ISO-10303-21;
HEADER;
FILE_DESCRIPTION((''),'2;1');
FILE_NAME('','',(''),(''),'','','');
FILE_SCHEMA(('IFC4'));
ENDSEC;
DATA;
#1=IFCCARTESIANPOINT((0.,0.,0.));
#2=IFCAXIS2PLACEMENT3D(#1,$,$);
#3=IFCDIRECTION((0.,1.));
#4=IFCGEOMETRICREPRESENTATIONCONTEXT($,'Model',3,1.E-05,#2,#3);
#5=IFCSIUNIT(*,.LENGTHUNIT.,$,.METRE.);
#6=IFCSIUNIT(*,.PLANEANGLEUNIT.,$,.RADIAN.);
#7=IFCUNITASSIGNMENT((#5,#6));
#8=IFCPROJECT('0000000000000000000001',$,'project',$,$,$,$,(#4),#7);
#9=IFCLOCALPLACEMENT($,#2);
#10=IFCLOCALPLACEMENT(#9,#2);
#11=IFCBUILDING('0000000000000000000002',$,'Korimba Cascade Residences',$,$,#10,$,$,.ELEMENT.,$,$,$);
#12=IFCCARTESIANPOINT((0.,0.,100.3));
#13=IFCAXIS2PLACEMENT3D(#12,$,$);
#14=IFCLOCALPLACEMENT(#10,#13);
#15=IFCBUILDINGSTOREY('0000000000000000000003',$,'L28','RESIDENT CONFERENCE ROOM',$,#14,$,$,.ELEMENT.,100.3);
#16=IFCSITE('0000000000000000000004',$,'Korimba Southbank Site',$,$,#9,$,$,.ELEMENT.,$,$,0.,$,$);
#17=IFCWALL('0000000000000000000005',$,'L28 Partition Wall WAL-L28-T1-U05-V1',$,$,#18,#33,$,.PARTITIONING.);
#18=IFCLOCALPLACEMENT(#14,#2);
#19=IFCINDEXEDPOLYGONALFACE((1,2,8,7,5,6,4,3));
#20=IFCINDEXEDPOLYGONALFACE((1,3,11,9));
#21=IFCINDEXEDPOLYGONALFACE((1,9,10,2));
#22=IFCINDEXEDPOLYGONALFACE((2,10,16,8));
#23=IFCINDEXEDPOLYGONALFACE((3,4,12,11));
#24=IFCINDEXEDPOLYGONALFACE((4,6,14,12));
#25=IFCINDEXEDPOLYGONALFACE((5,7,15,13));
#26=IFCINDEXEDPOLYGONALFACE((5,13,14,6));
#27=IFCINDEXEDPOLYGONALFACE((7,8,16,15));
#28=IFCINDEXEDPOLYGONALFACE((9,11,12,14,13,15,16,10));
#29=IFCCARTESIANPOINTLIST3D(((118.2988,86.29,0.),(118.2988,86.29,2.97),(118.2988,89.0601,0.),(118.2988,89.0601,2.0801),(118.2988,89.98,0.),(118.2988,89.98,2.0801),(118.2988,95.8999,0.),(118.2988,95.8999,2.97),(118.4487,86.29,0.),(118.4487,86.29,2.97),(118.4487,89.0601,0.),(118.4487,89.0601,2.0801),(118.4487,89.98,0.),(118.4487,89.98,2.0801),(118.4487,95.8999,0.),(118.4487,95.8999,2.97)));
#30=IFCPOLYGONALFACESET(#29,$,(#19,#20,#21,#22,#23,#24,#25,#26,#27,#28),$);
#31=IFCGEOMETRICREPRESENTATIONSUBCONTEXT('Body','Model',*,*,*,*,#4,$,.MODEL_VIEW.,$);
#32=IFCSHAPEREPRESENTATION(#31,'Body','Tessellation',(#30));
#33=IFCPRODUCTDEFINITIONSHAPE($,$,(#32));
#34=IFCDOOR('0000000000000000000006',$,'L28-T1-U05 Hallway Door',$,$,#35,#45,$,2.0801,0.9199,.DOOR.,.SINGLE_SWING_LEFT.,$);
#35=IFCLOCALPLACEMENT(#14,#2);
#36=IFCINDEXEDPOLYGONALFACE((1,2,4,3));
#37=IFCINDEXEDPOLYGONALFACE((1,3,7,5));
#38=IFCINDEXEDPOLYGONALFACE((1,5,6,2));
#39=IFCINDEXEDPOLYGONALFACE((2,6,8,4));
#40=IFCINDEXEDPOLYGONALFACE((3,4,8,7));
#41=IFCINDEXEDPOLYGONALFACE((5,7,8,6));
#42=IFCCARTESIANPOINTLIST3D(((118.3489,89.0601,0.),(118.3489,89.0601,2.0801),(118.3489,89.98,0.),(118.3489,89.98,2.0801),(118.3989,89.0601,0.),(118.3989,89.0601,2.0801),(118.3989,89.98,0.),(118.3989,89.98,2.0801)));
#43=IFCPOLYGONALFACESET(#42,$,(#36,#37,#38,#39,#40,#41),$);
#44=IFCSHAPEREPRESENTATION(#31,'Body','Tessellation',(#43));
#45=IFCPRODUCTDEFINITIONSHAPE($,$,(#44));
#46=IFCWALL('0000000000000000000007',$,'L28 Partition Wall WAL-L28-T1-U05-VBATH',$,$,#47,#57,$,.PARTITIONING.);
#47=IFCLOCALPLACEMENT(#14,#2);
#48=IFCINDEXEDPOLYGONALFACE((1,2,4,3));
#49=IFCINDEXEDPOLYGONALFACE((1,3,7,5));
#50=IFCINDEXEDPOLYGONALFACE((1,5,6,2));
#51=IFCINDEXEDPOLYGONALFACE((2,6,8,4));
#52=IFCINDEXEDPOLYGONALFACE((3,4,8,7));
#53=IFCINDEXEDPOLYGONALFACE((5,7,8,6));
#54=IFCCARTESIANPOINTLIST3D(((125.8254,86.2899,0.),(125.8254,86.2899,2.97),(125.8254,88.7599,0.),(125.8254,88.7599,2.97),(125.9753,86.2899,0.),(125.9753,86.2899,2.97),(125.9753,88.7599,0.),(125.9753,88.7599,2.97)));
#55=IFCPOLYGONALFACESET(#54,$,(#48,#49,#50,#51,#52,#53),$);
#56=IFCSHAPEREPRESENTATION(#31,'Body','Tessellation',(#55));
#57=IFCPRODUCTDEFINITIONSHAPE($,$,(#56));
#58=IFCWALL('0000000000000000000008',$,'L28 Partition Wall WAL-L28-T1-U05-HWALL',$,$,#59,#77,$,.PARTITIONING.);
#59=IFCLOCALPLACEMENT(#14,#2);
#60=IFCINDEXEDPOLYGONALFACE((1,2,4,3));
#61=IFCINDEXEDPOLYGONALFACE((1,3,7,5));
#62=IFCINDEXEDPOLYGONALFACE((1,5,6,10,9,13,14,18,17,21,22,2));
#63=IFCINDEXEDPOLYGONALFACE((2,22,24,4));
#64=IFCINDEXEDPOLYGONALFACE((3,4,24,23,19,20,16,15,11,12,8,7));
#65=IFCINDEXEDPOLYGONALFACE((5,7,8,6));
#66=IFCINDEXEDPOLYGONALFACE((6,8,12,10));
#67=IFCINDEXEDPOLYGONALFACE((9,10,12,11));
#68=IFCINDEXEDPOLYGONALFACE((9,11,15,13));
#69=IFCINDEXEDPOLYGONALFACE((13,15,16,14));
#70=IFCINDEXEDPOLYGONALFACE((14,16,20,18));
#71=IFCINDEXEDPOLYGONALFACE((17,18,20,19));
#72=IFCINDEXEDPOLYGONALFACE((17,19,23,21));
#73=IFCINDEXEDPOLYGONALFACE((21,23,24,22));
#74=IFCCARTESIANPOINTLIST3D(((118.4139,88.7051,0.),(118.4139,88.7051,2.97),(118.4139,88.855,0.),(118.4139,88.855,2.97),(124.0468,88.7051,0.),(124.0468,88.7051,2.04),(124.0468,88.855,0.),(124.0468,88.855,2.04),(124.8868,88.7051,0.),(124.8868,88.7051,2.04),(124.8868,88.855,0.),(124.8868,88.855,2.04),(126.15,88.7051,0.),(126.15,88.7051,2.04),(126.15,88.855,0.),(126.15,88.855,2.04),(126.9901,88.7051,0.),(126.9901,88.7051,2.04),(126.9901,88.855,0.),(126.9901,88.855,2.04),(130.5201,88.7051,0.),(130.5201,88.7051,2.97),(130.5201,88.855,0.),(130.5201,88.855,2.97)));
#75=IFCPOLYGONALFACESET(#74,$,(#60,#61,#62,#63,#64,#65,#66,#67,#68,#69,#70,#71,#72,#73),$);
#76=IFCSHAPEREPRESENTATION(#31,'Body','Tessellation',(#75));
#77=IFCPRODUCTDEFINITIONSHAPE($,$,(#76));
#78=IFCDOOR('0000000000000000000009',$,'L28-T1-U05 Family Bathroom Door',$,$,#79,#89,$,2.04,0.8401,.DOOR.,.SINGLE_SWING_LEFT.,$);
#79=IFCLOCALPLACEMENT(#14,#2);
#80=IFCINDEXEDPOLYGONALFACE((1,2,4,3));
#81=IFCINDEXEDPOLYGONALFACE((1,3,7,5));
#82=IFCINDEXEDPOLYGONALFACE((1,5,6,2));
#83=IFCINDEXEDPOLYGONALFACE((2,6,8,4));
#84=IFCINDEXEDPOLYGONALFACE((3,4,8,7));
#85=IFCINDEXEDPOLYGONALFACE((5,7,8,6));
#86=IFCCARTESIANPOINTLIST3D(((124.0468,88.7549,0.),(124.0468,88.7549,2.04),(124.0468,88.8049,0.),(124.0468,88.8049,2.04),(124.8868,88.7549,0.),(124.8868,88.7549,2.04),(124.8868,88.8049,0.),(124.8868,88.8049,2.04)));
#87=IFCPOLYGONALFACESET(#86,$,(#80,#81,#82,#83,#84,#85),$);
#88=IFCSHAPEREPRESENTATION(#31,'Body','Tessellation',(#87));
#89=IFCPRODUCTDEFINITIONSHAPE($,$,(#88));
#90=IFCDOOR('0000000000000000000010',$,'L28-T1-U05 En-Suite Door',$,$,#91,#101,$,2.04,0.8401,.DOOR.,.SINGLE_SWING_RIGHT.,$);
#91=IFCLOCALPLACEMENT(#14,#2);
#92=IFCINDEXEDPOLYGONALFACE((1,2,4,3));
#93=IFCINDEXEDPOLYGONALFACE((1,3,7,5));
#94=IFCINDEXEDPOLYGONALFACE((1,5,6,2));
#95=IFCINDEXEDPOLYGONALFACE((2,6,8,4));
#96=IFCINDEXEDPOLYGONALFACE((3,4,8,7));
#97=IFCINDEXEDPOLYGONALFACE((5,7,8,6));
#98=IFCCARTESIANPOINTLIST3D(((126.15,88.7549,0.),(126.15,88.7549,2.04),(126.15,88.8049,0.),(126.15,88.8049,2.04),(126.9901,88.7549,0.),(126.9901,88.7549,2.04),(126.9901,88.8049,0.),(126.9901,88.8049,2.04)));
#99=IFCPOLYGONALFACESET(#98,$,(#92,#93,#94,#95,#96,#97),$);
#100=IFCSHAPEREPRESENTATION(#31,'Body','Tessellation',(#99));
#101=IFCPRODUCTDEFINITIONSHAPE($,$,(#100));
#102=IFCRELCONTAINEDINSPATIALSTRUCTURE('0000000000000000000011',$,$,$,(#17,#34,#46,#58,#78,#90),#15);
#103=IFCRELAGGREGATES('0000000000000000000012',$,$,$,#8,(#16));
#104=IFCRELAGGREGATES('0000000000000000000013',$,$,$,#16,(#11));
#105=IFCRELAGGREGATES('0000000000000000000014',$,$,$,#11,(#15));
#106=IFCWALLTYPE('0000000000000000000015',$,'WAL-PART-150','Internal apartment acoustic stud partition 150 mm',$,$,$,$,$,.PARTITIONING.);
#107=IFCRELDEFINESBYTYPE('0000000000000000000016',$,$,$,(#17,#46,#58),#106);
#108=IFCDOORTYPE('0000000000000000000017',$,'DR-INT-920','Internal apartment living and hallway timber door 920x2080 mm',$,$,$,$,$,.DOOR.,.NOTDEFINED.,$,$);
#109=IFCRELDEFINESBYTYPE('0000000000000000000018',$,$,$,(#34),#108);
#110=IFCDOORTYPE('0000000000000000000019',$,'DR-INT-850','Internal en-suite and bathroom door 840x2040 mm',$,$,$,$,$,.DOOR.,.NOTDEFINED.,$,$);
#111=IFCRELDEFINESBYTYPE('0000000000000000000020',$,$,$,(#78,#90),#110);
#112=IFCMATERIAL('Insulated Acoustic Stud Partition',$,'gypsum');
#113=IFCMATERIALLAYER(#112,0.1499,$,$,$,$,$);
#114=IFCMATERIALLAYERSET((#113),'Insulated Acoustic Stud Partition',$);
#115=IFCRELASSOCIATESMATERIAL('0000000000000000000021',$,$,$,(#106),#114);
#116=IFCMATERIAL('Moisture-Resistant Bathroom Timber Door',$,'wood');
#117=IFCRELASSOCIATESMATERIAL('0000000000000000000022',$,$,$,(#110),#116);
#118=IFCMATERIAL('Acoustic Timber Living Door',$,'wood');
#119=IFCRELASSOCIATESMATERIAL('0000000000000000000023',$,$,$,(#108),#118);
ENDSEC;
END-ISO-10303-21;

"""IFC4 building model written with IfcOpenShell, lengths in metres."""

from ifc_helpers import new_model, si_unit, direction, frame, frame_2d, origin, place, context, subcontext, project, spatial, rectangle, extrude, material, layer, layer_set, type_object, element, fill, save


model = new_model("IFC4")

# Units and contexts
model_context = context("Model", 3, precision=1e-05, world=origin(), true_north=direction((0.0, 1.0)))
body_context = subcontext(model_context, "Body", "Model", "MODEL_VIEW")
ifc_project = project(units=[si_unit("LENGTHUNIT", "METRE"), si_unit("PLANEANGLEUNIT", "RADIAN")], contexts=[model_context])

# Site, building, storey
site_placement = place(None, origin())
site = spatial("IfcSite", under=ifc_project, at=site_placement, Name="Korimba Southbank Site", CompositionType="ELEMENT", RefElevation=0.0)
building_placement = place(site_placement, origin())
building = spatial("IfcBuilding", under=site, at=building_placement, Name="Korimba Cascade Residences", CompositionType="ELEMENT")
storey_placement = place(building_placement, frame((0.0, 0.0, 100.3)))
storey = spatial("IfcBuildingStorey", under=building, at=storey_placement, Name="L28", Description="RESIDENT CONFERENCE ROOM", CompositionType="ELEMENT", Elevation=100.3)

# Shared definitions
ifc_material_1 = material(Name="Insulated Acoustic Stud Partition", Category="gypsum")
ifc_layer_1 = layer(ifc_material_1, 0.1499)
ifc_layer_set_1 = layer_set([ifc_layer_1], Name="Insulated Acoustic Stud Partition")
wall_type_1 = type_object("IfcWallType", Name="WAL-PART-150", Description="Internal apartment acoustic stud partition 150 mm", PredefinedType="PARTITIONING", material=ifc_layer_set_1)
ifc_material_2 = material(Name="Moisture-Resistant Bathroom Timber Door", Category="wood")
door_type_1 = type_object("IfcDoorType", Name="DR-INT-850", Description="Internal en-suite and bathroom door 840x2040 mm", OperationType="NOTDEFINED", PredefinedType="DOOR", material=ifc_material_2)

# Wall, opening, door
wall_1_placement = place(storey_placement, frame((118.3738, 86.29, 0.0), z_axis=(0.0, 0.0, 1.0), x_axis=(0.0, 1.0, 0.0)))
wall_1 = element("IfcWall", 1, at=wall_1_placement, inside=storey, type_object=wall_type_1, Name="L28 Partition Wall WAL-L28-T1-U05-V1", PredefinedType="PARTITIONING", context=body_context, shape_type="SweptSolid", body=[
    extrude(rectangle(XDim=9.6099, YDim=0.1499, at=frame_2d((4.8049, 0.0))), origin(), (0.0, 0.0, 1.0), 2.97),
])
opening_1_placement = place(wall_1_placement, frame((2.77, 0.0, 0.0)))
opening_1 = element("IfcOpeningElement", 2, at=opening_1_placement, cuts=wall_1, PredefinedType="OPENING", context=body_context, shape_type="SweptSolid", body=[
    extrude(rectangle(XDim=0.9199, YDim=2.0801, at=frame_2d((0.46, 1.04))), frame((0.0, 0.085, 0.0), z_axis=(0.0, -1.0, 0.0), x_axis=(1.0, 0.0, 0.0)), (0.0, 0.0, 1.0), 0.1699),
])
ifc_material_3 = material(Name="Acoustic Timber Living Door", Category="wood")
door_type_2 = type_object("IfcDoorType", Name="DR-INT-920", Description="Internal apartment living and hallway timber door 920x2080 mm", OperationType="NOTDEFINED", PredefinedType="DOOR", material=ifc_material_3)
door_1_placement = place(opening_1_placement, origin())
door_1 = element("IfcDoor", 3, at=door_1_placement, inside=storey, type_object=door_type_2, Name="L28-T1-U05 Hallway Door", OperationType="SINGLE_SWING_LEFT", OverallHeight=2.0801, OverallWidth=0.9199, PredefinedType="DOOR", context=body_context, shape_type="SweptSolid", body=[
    extrude(rectangle(XDim=0.9199, YDim=2.0801, at=frame_2d((0.46, 1.04))), frame((0.0, 0.0249, 0.0), z_axis=(0.0, -1.0, 0.0), x_axis=(1.0, 0.0, 0.0)), (0.0, 0.0, 1.0), 0.05),
])
fill(opening_1, door_1)

# Wall
wall_2_placement = place(storey_placement, frame((125.9004, 86.29, 0.0), z_axis=(0.0, 0.0, 1.0), x_axis=(0.0, 1.0, 0.0)))
element("IfcWall", 4, at=wall_2_placement, inside=storey, type_object=wall_type_1, Name="L28 Partition Wall WAL-L28-T1-U05-VBATH", PredefinedType="PARTITIONING", context=body_context, shape_type="SweptSolid", body=[
    extrude(rectangle(XDim=2.47, YDim=0.1499, at=frame_2d((1.2349, 0.0))), origin(), (0.0, 0.0, 1.0), 2.97),
])

# Wall, openings, doors
wall_3_placement = place(storey_placement, frame((118.4138, 88.78, 0.0), z_axis=(0.0, 0.0, 1.0), x_axis=(1.0, 0.0, 0.0)))
wall_3 = element("IfcWall", 5, at=wall_3_placement, inside=storey, type_object=wall_type_1, Name="L28 Partition Wall WAL-L28-T1-U05-HWALL", PredefinedType="PARTITIONING", context=body_context, shape_type="SweptSolid", body=[
    extrude(rectangle(XDim=12.1062, YDim=0.1499, at=frame_2d((6.0532, 0.0))), origin(), (0.0, 0.0, 1.0), 2.97),
])
opening_2_placement = place(wall_3_placement, frame((5.6331, 0.0, 0.0)))
opening_2 = element("IfcOpeningElement", 6, at=opening_2_placement, cuts=wall_3, PredefinedType="OPENING", context=body_context, shape_type="SweptSolid", body=[
    extrude(rectangle(XDim=0.8401, YDim=2.04, at=frame_2d((0.4199, 1.02))), frame((0.0, 0.085, 0.0), z_axis=(0.0, -1.0, 0.0), x_axis=(1.0, 0.0, 0.0)), (0.0, 0.0, 1.0), 0.1699),
])
opening_3_placement = place(wall_3_placement, frame((7.7363, 0.0, 0.0)))
opening_3 = element("IfcOpeningElement", 7, at=opening_3_placement, cuts=wall_3, PredefinedType="OPENING", context=body_context, shape_type="SweptSolid", body=[
    extrude(rectangle(XDim=0.8401, YDim=2.04, at=frame_2d((0.4199, 1.02))), frame((0.0, 0.085, 0.0), z_axis=(0.0, -1.0, 0.0), x_axis=(1.0, 0.0, 0.0)), (0.0, 0.0, 1.0), 0.1699),
])
door_2_placement = place(opening_2_placement, origin())
door_2 = element("IfcDoor", 8, at=door_2_placement, inside=storey, type_object=door_type_1, Name="L28-T1-U05 Family Bathroom Door", OperationType="SINGLE_SWING_LEFT", OverallHeight=2.04, OverallWidth=0.8401, PredefinedType="DOOR", context=body_context, shape_type="SweptSolid", body=[
    extrude(rectangle(XDim=0.8401, YDim=2.04, at=frame_2d((0.4199, 1.02))), frame((0.0, 0.0249, 0.0), z_axis=(0.0, -1.0, 0.0), x_axis=(1.0, 0.0, 0.0)), (0.0, 0.0, 1.0), 0.05),
])
fill(opening_2, door_2)
door_3_placement = place(opening_3_placement, origin())
door_3 = element("IfcDoor", 9, at=door_3_placement, inside=storey, type_object=door_type_1, Name="L28-T1-U05 En-Suite Door", OperationType="SINGLE_SWING_RIGHT", OverallHeight=2.04, OverallWidth=0.8401, PredefinedType="DOOR", context=body_context, shape_type="SweptSolid", body=[
    extrude(rectangle(XDim=0.8401, YDim=2.04, at=frame_2d((0.4199, 1.02))), frame((0.0, 0.0249, 0.0), z_axis=(0.0, -1.0, 0.0), x_axis=(1.0, 0.0, 0.0)), (0.0, 0.0, 1.0), 0.05),
])
fill(opening_3, door_3)

save(model, "model.ifc")
